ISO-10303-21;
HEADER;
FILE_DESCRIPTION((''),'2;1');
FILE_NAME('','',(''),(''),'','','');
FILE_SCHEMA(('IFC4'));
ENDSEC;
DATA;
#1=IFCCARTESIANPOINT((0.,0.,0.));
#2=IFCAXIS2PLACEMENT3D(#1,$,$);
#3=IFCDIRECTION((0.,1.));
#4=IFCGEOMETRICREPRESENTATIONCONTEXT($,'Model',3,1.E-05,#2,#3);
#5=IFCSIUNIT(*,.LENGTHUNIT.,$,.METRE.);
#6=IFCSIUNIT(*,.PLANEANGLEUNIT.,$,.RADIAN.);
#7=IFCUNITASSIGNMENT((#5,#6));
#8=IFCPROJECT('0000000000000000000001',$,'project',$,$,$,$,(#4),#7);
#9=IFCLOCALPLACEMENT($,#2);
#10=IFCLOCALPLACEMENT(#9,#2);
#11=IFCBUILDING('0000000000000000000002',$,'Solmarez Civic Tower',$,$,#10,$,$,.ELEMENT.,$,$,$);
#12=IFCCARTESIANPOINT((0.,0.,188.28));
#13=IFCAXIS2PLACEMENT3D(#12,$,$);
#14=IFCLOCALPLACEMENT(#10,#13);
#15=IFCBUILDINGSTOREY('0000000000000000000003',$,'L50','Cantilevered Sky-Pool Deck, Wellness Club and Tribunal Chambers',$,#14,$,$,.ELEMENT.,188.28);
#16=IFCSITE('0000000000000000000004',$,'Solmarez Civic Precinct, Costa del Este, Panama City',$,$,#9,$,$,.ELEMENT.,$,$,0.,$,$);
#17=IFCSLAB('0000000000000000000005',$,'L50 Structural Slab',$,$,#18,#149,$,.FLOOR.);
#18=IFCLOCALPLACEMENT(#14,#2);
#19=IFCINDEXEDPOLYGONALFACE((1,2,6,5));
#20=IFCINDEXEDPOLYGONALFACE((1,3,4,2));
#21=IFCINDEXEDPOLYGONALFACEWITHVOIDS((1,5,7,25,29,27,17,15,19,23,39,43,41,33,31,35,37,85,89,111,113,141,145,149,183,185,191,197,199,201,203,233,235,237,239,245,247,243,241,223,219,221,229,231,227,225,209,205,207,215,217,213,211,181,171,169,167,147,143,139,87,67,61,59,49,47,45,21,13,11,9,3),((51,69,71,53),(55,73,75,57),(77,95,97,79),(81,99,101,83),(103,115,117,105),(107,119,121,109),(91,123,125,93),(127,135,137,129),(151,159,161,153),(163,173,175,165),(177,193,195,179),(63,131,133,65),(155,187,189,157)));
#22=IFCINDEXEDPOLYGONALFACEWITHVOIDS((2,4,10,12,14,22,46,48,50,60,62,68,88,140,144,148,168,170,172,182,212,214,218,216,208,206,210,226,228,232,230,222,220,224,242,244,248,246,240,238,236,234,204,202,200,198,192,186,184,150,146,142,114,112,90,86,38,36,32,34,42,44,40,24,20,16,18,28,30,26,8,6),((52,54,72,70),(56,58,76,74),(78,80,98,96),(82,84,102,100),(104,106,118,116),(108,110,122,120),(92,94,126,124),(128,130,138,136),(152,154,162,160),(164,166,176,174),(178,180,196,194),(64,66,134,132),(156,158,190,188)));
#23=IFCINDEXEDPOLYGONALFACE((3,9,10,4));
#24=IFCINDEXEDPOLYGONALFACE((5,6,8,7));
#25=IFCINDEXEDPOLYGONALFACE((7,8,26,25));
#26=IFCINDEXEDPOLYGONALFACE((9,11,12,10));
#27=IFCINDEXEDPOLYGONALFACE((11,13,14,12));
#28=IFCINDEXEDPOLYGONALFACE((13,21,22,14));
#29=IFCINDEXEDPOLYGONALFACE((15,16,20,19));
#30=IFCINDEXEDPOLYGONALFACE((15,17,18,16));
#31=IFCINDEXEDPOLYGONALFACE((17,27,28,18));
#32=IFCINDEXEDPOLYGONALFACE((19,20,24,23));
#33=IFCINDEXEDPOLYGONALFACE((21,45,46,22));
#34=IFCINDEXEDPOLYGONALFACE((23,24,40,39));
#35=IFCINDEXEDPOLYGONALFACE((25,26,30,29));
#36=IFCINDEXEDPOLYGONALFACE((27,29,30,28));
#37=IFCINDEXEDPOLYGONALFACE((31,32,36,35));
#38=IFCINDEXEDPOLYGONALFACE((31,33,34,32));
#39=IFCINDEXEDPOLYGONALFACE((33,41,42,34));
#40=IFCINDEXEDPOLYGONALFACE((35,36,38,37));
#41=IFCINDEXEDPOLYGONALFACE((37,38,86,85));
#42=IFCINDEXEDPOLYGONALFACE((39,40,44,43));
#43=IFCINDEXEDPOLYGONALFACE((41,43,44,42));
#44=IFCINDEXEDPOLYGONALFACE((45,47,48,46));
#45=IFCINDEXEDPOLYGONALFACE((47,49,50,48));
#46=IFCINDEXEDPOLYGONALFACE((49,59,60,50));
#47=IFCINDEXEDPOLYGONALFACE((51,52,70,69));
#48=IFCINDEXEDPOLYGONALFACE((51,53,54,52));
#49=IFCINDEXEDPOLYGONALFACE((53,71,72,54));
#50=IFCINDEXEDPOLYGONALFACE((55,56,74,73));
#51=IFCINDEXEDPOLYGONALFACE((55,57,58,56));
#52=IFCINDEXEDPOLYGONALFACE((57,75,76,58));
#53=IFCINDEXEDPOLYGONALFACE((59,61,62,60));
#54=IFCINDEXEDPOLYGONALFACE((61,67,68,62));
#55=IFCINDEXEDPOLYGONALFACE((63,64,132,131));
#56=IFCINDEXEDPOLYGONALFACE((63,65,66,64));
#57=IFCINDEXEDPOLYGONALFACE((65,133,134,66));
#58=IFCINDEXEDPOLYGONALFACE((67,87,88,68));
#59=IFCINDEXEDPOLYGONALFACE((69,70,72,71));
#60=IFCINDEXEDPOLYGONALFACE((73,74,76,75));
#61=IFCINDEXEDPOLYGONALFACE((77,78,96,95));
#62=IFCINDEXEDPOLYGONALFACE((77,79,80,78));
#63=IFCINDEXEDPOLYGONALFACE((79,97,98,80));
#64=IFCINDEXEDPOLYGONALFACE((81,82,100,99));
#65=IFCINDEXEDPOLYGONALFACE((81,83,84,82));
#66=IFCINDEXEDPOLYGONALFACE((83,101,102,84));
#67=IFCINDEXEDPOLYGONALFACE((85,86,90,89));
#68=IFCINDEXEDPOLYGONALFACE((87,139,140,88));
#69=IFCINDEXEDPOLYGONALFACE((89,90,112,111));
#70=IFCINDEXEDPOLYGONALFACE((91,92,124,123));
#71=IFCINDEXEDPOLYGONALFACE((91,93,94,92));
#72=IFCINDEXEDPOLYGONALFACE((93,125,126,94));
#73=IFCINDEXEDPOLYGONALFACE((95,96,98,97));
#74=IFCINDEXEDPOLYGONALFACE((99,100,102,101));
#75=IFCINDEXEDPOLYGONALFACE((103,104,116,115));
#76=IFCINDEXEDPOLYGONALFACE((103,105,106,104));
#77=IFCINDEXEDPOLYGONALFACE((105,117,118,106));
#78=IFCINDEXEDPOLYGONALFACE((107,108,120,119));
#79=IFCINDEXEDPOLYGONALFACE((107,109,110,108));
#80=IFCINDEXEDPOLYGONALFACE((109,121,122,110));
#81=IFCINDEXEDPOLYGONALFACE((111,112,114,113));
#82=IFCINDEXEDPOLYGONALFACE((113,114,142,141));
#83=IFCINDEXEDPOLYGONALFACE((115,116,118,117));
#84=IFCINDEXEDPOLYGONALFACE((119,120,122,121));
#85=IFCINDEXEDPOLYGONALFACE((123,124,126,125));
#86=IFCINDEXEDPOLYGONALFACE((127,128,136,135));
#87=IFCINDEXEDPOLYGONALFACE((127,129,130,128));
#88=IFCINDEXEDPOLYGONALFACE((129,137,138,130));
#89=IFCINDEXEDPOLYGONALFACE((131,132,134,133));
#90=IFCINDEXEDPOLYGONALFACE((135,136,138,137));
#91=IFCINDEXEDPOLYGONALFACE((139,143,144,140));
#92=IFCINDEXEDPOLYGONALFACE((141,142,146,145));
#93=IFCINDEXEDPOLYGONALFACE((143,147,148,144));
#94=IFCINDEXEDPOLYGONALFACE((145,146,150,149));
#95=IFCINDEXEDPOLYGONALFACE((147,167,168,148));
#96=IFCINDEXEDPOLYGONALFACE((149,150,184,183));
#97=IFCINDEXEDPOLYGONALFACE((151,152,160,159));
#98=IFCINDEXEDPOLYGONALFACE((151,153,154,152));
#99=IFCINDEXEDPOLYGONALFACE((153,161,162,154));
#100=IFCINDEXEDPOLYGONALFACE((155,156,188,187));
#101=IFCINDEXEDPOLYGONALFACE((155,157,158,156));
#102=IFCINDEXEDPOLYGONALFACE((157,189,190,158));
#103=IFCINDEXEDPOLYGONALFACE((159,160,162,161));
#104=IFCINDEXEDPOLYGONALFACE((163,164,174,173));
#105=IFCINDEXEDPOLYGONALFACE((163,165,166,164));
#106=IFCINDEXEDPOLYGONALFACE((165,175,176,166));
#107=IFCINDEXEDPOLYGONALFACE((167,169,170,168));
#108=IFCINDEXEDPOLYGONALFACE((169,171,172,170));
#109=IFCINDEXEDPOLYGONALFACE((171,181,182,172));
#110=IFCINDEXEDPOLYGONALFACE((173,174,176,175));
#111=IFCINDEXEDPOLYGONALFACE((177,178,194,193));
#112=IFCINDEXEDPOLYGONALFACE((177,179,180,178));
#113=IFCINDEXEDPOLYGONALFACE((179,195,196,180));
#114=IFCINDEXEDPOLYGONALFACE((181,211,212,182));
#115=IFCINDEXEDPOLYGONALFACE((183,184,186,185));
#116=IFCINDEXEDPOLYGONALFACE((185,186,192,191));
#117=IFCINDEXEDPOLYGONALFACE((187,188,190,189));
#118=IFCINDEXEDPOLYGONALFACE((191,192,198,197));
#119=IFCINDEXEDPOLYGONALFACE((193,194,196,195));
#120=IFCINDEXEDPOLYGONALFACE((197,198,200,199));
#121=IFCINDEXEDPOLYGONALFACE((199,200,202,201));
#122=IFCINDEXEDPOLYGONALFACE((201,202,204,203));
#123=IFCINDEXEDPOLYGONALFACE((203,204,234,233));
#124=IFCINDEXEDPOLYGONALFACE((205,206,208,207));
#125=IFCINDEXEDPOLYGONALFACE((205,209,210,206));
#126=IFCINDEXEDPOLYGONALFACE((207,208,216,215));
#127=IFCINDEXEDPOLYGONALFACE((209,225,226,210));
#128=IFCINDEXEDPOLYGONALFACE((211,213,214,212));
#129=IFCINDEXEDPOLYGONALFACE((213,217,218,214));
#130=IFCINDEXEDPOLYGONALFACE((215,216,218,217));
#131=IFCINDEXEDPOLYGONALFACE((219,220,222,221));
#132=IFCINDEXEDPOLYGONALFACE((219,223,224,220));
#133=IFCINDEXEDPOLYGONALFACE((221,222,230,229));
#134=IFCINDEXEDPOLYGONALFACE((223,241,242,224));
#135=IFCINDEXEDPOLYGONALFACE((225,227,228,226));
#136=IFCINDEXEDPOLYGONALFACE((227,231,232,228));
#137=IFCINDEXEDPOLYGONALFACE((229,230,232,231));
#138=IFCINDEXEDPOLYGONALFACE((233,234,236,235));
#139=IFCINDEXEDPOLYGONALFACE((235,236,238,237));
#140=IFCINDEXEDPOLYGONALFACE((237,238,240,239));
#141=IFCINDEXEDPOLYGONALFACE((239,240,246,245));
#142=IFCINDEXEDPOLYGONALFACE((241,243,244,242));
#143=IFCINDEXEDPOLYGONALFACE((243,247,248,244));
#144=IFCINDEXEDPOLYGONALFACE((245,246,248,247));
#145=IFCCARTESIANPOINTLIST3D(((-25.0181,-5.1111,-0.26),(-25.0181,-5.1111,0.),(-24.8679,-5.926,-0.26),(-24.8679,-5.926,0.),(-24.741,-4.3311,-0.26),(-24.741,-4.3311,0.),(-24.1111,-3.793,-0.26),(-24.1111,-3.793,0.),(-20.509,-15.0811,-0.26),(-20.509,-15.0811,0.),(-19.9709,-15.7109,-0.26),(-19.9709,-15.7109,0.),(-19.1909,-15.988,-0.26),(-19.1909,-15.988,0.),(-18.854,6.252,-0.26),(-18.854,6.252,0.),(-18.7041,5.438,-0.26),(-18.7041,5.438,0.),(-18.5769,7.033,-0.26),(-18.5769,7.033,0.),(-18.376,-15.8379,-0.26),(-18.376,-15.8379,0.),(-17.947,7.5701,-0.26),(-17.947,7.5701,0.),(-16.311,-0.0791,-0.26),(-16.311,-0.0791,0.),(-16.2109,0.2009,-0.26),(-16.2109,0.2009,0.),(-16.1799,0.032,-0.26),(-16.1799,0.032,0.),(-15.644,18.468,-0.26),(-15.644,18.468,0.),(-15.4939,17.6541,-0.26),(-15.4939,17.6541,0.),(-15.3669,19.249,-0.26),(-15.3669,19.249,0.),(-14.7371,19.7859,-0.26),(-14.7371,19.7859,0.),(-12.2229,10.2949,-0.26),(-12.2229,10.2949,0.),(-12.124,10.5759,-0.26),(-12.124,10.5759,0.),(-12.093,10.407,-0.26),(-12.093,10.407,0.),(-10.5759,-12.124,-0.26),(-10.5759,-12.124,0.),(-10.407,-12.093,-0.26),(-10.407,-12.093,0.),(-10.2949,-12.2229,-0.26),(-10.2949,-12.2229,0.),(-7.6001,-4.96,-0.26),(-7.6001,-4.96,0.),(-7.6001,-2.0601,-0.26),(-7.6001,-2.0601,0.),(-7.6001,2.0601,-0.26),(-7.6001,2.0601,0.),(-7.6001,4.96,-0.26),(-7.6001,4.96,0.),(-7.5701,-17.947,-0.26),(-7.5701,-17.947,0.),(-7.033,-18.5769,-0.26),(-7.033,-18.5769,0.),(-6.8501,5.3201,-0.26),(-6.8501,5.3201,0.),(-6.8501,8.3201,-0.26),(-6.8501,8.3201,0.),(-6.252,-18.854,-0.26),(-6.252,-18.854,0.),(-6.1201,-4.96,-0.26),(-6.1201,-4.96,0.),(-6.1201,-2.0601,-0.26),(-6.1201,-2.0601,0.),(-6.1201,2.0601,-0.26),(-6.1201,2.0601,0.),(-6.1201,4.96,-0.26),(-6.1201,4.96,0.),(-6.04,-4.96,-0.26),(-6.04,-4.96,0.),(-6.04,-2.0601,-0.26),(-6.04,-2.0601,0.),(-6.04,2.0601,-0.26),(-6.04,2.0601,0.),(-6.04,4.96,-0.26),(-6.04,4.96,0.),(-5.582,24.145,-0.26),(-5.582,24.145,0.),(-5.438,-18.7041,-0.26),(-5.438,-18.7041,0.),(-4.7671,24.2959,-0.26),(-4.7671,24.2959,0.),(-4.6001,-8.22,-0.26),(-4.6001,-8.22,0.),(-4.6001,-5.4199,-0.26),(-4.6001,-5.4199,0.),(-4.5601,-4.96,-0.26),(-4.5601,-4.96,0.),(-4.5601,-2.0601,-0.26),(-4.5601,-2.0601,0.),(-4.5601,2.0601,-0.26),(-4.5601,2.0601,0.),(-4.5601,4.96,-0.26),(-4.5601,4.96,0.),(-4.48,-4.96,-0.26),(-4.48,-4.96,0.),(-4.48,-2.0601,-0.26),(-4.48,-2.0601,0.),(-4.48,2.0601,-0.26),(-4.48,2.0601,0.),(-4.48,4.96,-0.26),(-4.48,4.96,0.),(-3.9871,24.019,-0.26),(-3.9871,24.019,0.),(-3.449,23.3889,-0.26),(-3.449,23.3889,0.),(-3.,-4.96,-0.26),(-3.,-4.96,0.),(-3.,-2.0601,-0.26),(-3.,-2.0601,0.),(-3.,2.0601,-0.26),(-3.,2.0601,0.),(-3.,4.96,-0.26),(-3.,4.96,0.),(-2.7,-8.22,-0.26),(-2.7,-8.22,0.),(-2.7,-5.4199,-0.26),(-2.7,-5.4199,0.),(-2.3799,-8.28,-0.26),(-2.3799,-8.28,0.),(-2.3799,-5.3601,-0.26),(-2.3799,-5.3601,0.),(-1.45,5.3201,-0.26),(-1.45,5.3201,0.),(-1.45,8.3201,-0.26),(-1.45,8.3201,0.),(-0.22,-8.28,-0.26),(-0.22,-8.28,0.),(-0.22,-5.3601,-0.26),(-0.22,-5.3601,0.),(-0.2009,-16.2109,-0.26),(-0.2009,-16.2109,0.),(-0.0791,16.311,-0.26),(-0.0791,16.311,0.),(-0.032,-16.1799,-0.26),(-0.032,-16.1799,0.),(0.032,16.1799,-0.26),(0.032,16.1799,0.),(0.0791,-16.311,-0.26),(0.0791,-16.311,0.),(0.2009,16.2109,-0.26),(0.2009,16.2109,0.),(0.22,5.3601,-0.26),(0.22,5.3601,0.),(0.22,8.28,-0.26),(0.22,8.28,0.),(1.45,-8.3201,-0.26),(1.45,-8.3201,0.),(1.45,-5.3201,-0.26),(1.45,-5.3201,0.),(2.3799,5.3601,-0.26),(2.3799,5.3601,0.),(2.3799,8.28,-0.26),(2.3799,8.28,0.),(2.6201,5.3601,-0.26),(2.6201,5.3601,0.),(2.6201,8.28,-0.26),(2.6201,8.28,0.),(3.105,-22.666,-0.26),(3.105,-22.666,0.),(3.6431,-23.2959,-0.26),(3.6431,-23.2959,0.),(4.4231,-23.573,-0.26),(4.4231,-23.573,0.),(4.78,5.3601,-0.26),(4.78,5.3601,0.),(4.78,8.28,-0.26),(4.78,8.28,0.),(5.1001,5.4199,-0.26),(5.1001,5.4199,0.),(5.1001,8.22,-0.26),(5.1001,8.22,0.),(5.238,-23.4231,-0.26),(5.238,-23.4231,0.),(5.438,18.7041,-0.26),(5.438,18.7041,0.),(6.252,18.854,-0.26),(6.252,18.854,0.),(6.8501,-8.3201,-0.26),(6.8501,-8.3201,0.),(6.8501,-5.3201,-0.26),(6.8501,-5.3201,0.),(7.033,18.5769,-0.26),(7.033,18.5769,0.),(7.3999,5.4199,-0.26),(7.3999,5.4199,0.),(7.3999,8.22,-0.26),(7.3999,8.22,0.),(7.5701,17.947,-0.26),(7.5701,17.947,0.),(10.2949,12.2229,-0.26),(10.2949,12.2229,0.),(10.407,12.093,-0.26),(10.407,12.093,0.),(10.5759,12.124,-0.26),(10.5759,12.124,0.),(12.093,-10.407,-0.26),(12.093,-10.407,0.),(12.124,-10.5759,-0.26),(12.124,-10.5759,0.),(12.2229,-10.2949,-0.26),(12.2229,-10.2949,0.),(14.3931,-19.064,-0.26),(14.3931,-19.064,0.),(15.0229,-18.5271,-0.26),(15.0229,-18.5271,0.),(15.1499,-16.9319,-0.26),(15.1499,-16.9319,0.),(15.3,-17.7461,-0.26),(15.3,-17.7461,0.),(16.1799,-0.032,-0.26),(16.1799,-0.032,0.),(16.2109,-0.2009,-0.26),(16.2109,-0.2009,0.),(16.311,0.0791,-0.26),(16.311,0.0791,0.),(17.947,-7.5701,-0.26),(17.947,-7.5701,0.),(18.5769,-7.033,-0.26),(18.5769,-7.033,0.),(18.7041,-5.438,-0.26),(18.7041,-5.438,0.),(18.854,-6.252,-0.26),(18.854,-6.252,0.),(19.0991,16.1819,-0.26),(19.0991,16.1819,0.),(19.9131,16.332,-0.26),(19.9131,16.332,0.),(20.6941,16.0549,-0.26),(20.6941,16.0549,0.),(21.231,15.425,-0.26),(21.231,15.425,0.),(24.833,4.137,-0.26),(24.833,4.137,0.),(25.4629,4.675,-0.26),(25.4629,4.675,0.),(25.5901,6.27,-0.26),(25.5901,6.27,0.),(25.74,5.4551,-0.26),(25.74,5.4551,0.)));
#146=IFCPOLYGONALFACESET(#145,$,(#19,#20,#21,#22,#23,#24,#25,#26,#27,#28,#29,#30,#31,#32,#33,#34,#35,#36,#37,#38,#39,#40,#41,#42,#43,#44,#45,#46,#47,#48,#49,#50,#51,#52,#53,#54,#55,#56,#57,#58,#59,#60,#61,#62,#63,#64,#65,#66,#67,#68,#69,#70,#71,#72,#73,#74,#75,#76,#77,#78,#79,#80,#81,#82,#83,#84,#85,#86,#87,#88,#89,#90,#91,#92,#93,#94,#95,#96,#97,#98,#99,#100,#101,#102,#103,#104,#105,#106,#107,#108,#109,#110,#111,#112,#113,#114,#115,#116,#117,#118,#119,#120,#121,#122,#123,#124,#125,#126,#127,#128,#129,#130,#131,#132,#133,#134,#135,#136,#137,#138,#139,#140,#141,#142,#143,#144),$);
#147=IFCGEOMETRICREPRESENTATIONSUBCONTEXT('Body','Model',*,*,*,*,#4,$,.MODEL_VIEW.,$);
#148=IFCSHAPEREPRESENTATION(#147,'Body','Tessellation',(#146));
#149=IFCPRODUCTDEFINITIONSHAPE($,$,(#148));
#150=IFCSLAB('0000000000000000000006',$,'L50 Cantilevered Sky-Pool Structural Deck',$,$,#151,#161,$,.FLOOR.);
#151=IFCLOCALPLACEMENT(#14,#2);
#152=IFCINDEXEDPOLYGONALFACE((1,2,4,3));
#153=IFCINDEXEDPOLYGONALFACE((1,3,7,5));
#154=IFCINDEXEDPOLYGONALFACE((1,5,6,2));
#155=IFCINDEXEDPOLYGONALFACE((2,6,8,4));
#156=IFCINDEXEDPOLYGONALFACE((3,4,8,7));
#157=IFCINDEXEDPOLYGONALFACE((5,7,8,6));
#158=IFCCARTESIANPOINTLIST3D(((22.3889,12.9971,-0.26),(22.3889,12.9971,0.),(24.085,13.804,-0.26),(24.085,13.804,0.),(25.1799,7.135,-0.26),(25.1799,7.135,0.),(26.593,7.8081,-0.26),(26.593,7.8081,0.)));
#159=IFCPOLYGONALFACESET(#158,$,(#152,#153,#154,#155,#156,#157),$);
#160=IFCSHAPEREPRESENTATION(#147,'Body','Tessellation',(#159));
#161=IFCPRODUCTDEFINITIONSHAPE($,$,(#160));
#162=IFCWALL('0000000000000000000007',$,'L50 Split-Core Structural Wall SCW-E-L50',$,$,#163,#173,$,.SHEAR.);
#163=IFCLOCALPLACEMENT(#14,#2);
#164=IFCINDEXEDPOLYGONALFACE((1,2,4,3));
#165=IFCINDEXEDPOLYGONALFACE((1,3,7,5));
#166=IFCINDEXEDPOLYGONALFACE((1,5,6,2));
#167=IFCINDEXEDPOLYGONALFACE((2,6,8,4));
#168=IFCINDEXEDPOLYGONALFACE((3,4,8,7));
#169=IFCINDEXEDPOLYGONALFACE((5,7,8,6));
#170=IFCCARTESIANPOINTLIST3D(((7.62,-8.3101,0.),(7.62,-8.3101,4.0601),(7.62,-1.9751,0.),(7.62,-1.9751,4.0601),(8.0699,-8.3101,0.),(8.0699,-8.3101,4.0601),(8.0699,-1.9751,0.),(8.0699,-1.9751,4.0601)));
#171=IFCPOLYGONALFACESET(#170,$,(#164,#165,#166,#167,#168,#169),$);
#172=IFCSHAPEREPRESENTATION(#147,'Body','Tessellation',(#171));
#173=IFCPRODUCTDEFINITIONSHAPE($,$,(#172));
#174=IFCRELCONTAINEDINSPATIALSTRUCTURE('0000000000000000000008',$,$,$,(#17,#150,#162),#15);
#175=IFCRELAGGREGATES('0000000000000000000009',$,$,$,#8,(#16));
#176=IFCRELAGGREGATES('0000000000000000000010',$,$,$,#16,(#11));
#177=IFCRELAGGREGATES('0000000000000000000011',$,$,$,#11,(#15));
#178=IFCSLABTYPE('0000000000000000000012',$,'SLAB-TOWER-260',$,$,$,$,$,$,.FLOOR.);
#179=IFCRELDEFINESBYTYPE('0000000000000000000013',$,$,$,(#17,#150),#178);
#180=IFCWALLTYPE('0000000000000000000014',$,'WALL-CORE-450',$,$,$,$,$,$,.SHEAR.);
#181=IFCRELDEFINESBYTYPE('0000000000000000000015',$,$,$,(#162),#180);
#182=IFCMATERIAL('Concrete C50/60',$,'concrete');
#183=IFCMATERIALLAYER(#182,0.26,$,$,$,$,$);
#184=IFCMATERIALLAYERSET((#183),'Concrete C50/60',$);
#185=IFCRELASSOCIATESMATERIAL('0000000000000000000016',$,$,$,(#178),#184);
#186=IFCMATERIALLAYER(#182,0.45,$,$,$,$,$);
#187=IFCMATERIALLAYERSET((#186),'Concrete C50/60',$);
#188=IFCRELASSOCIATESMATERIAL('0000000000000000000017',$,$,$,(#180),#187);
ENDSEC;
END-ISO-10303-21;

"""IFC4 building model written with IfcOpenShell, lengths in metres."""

from ifc_helpers import new_model, si_unit, direction, frame, frame_2d, origin, place, context, subcontext, project, spatial, polyline, rectangle, outline, extrude, material, layer, layer_set, type_object, element, save


model = new_model("IFC4")

# Units and contexts
model_context = context("Model", 3, precision=1e-05, world=origin(), true_north=direction((0.0, 1.0)))
body_context = subcontext(model_context, "Body", "Model", "MODEL_VIEW")
ifc_project = project(units=[si_unit("LENGTHUNIT", "METRE"), si_unit("PLANEANGLEUNIT", "RADIAN")], contexts=[model_context])

# Site, building, storey
site_placement = place(None, origin())
site = spatial("IfcSite", under=ifc_project, at=site_placement, Name="Solmarez Civic Precinct, Costa del Este, Panama City", CompositionType="ELEMENT", RefElevation=0.0)
building_placement = place(site_placement, origin())
building = spatial("IfcBuilding", under=site, at=building_placement, Name="Solmarez Civic Tower", CompositionType="ELEMENT")
storey_placement = place(building_placement, frame((0.0, 0.0, 188.28)))
storey = spatial("IfcBuildingStorey", under=building, at=storey_placement, Name="L50", Description="Cantilevered Sky-Pool Deck, Wellness Club and Tribunal Chambers", CompositionType="ELEMENT", Elevation=188.28)

# Shared definitions
ifc_material_1 = material(Name="Concrete C50/60", Category="concrete")

# Slabs
ifc_layer_1 = layer(ifc_material_1, 0.26)
ifc_layer_set_1 = layer_set([ifc_layer_1], Name="Concrete C50/60")
slab_type_1 = type_object("IfcSlabType", Name="SLAB-TOWER-260", PredefinedType="FLOOR", material=ifc_layer_set_1)
slab_1_placement = place(storey_placement, frame((0.0, 0.0, -0.26)))
element("IfcSlab", 1, at=slab_1_placement, inside=storey, type_object=slab_type_1, Name="L50 Structural Slab", PredefinedType="FLOOR", context=body_context, shape_type="SweptSolid", body=[
    extrude(outline(polyline([(-10.2949, -12.2229), (-7.5701, -17.947), (-7.033, -18.5769), (-6.252, -18.854), (-5.438, -18.7041), (-0.2009, -16.2109), (-0.032, -16.1799), (0.0791, -16.311), (3.105, -22.666), (3.6431, -23.2959), (4.4231, -23.573), (5.238, -23.4231), (14.3931, -19.064), (15.0229, -18.5271), (15.3, -17.7461), (15.1499, -16.9319), (12.124, -10.5759), (12.093, -10.407), (12.2229, -10.2949), (17.947, -7.5701), (18.5769, -7.033), (18.854, -6.252), (18.7041, -5.438), (16.2109, -0.2009), (16.1799, -0.032), (16.311, 0.0791), (24.833, 4.137), (25.4629, 4.675), (25.74, 5.4551), (25.5901, 6.27), (21.231, 15.425), (20.6941, 16.0549), (19.9131, 16.332), (19.0991, 16.1819), (10.5759, 12.124), (10.407, 12.093), (10.2949, 12.2229), (7.5701, 17.947), (7.033, 18.5769), (6.252, 18.854), (5.438, 18.7041), (0.2009, 16.2109), (0.032, 16.1799), (-0.0791, 16.311), (-3.449, 23.3889), (-3.9871, 24.019), (-4.7671, 24.2959), (-5.582, 24.145), (-14.7371, 19.7859), (-15.3669, 19.249), (-15.644, 18.468), (-15.4939, 17.6541), (-12.124, 10.5759), (-12.093, 10.407), (-12.2229, 10.2949), (-17.947, 7.5701), (-18.5769, 7.033), (-18.854, 6.252), (-18.7041, 5.438), (-16.2109, 0.2009), (-16.1799, 0.032), (-16.311, -0.0791), (-24.1111, -3.793), (-24.741, -4.3311), (-25.0181, -5.1111), (-24.8679, -5.926), (-20.509, -15.0811), (-19.9709, -15.7109), (-19.1909, -15.988), (-18.376, -15.8379), (-10.5759, -12.124), (-10.407, -12.093), (-10.2949, -12.2229)]), holes=[polyline([(-1.45, 8.3201), (-6.8501, 8.3201), (-6.8501, 5.3201), (-1.45, 5.3201), (-1.45, 8.3201)]), polyline([(1.45, -8.3201), (6.8501, -8.3201), (6.8501, -5.3201), (1.45, -5.3201), (1.45, -8.3201)]), polyline([(0.22, 5.3601), (2.3799, 5.3601), (2.3799, 8.28), (0.22, 8.28), (0.22, 5.3601)]), polyline([(2.6201, 5.3601), (4.78, 5.3601), (4.78, 8.28), (2.6201, 8.28), (2.6201, 5.3601)]), polyline([(-2.3799, -8.28), (-0.22, -8.28), (-0.22, -5.3601), (-2.3799, -5.3601), (-2.3799, -8.28)]), polyline([(-7.6001, -4.96), (-6.1201, -4.96), (-6.1201, -2.0601), (-7.6001, -2.0601), (-7.6001, -4.96)]), polyline([(-6.04, -4.96), (-4.5601, -4.96), (-4.5601, -2.0601), (-6.04, -2.0601), (-6.04, -4.96)]), polyline([(-4.48, -4.96), (-3.0, -4.96), (-3.0, -2.0601), (-4.48, -2.0601), (-4.48, -4.96)]), polyline([(-7.6001, 2.0601), (-6.1201, 2.0601), (-6.1201, 4.96), (-7.6001, 4.96), (-7.6001, 2.0601)]), polyline([(-6.04, 2.0601), (-4.5601, 2.0601), (-4.5601, 4.96), (-6.04, 4.96), (-6.04, 2.0601)]), polyline([(-4.48, 2.0601), (-3.0, 2.0601), (-3.0, 4.96), (-4.48, 4.96), (-4.48, 2.0601)]), polyline([(5.1001, 5.4199), (7.3999, 5.4199), (7.3999, 8.22), (5.1001, 8.22), (5.1001, 5.4199)]), polyline([(-4.6001, -8.22), (-2.7, -8.22), (-2.7, -5.4199), (-4.6001, -5.4199), (-4.6001, -8.22)])]), origin(), (0.0, 0.0, 1.0), 0.26),
])
slab_2_placement = place(storey_placement, frame((0.0, 0.0, -0.26)))
element("IfcSlab", 2, at=slab_2_placement, inside=storey, type_object=slab_type_1, Name="L50 Cantilevered Sky-Pool Structural Deck", PredefinedType="FLOOR", context=body_context, shape_type="SweptSolid", body=[
    extrude(outline(polyline([(22.3889, 12.9971), (25.1799, 7.135), (26.593, 7.8081), (24.085, 13.804), (22.3889, 12.9971)])), origin(), (0.0, 0.0, 1.0), 0.26),
])

# Wall
ifc_layer_2 = layer(ifc_material_1, 0.45)
ifc_layer_set_2 = layer_set([ifc_layer_2], Name="Concrete C50/60")
wall_type_1 = type_object("IfcWallType", Name="WALL-CORE-450", PredefinedType="SHEAR", material=ifc_layer_set_2)
wall_1_placement = place(storey_placement, frame((7.845, -1.9751, 0.0), z_axis=(0.0, 0.0, 1.0), x_axis=(0.0, -1.0, 0.0)))
element("IfcWall", 3, at=wall_1_placement, inside=storey, type_object=wall_type_1, Name="L50 Split-Core Structural Wall SCW-E-L50", PredefinedType="SHEAR", context=body_context, shape_type="SweptSolid", body=[
    extrude(rectangle(XDim=6.335, YDim=0.45, at=frame_2d((3.1675, 0.0))), origin(), (0.0, 0.0, 1.0), 4.0601),
])

save(model, "model.ifc")
